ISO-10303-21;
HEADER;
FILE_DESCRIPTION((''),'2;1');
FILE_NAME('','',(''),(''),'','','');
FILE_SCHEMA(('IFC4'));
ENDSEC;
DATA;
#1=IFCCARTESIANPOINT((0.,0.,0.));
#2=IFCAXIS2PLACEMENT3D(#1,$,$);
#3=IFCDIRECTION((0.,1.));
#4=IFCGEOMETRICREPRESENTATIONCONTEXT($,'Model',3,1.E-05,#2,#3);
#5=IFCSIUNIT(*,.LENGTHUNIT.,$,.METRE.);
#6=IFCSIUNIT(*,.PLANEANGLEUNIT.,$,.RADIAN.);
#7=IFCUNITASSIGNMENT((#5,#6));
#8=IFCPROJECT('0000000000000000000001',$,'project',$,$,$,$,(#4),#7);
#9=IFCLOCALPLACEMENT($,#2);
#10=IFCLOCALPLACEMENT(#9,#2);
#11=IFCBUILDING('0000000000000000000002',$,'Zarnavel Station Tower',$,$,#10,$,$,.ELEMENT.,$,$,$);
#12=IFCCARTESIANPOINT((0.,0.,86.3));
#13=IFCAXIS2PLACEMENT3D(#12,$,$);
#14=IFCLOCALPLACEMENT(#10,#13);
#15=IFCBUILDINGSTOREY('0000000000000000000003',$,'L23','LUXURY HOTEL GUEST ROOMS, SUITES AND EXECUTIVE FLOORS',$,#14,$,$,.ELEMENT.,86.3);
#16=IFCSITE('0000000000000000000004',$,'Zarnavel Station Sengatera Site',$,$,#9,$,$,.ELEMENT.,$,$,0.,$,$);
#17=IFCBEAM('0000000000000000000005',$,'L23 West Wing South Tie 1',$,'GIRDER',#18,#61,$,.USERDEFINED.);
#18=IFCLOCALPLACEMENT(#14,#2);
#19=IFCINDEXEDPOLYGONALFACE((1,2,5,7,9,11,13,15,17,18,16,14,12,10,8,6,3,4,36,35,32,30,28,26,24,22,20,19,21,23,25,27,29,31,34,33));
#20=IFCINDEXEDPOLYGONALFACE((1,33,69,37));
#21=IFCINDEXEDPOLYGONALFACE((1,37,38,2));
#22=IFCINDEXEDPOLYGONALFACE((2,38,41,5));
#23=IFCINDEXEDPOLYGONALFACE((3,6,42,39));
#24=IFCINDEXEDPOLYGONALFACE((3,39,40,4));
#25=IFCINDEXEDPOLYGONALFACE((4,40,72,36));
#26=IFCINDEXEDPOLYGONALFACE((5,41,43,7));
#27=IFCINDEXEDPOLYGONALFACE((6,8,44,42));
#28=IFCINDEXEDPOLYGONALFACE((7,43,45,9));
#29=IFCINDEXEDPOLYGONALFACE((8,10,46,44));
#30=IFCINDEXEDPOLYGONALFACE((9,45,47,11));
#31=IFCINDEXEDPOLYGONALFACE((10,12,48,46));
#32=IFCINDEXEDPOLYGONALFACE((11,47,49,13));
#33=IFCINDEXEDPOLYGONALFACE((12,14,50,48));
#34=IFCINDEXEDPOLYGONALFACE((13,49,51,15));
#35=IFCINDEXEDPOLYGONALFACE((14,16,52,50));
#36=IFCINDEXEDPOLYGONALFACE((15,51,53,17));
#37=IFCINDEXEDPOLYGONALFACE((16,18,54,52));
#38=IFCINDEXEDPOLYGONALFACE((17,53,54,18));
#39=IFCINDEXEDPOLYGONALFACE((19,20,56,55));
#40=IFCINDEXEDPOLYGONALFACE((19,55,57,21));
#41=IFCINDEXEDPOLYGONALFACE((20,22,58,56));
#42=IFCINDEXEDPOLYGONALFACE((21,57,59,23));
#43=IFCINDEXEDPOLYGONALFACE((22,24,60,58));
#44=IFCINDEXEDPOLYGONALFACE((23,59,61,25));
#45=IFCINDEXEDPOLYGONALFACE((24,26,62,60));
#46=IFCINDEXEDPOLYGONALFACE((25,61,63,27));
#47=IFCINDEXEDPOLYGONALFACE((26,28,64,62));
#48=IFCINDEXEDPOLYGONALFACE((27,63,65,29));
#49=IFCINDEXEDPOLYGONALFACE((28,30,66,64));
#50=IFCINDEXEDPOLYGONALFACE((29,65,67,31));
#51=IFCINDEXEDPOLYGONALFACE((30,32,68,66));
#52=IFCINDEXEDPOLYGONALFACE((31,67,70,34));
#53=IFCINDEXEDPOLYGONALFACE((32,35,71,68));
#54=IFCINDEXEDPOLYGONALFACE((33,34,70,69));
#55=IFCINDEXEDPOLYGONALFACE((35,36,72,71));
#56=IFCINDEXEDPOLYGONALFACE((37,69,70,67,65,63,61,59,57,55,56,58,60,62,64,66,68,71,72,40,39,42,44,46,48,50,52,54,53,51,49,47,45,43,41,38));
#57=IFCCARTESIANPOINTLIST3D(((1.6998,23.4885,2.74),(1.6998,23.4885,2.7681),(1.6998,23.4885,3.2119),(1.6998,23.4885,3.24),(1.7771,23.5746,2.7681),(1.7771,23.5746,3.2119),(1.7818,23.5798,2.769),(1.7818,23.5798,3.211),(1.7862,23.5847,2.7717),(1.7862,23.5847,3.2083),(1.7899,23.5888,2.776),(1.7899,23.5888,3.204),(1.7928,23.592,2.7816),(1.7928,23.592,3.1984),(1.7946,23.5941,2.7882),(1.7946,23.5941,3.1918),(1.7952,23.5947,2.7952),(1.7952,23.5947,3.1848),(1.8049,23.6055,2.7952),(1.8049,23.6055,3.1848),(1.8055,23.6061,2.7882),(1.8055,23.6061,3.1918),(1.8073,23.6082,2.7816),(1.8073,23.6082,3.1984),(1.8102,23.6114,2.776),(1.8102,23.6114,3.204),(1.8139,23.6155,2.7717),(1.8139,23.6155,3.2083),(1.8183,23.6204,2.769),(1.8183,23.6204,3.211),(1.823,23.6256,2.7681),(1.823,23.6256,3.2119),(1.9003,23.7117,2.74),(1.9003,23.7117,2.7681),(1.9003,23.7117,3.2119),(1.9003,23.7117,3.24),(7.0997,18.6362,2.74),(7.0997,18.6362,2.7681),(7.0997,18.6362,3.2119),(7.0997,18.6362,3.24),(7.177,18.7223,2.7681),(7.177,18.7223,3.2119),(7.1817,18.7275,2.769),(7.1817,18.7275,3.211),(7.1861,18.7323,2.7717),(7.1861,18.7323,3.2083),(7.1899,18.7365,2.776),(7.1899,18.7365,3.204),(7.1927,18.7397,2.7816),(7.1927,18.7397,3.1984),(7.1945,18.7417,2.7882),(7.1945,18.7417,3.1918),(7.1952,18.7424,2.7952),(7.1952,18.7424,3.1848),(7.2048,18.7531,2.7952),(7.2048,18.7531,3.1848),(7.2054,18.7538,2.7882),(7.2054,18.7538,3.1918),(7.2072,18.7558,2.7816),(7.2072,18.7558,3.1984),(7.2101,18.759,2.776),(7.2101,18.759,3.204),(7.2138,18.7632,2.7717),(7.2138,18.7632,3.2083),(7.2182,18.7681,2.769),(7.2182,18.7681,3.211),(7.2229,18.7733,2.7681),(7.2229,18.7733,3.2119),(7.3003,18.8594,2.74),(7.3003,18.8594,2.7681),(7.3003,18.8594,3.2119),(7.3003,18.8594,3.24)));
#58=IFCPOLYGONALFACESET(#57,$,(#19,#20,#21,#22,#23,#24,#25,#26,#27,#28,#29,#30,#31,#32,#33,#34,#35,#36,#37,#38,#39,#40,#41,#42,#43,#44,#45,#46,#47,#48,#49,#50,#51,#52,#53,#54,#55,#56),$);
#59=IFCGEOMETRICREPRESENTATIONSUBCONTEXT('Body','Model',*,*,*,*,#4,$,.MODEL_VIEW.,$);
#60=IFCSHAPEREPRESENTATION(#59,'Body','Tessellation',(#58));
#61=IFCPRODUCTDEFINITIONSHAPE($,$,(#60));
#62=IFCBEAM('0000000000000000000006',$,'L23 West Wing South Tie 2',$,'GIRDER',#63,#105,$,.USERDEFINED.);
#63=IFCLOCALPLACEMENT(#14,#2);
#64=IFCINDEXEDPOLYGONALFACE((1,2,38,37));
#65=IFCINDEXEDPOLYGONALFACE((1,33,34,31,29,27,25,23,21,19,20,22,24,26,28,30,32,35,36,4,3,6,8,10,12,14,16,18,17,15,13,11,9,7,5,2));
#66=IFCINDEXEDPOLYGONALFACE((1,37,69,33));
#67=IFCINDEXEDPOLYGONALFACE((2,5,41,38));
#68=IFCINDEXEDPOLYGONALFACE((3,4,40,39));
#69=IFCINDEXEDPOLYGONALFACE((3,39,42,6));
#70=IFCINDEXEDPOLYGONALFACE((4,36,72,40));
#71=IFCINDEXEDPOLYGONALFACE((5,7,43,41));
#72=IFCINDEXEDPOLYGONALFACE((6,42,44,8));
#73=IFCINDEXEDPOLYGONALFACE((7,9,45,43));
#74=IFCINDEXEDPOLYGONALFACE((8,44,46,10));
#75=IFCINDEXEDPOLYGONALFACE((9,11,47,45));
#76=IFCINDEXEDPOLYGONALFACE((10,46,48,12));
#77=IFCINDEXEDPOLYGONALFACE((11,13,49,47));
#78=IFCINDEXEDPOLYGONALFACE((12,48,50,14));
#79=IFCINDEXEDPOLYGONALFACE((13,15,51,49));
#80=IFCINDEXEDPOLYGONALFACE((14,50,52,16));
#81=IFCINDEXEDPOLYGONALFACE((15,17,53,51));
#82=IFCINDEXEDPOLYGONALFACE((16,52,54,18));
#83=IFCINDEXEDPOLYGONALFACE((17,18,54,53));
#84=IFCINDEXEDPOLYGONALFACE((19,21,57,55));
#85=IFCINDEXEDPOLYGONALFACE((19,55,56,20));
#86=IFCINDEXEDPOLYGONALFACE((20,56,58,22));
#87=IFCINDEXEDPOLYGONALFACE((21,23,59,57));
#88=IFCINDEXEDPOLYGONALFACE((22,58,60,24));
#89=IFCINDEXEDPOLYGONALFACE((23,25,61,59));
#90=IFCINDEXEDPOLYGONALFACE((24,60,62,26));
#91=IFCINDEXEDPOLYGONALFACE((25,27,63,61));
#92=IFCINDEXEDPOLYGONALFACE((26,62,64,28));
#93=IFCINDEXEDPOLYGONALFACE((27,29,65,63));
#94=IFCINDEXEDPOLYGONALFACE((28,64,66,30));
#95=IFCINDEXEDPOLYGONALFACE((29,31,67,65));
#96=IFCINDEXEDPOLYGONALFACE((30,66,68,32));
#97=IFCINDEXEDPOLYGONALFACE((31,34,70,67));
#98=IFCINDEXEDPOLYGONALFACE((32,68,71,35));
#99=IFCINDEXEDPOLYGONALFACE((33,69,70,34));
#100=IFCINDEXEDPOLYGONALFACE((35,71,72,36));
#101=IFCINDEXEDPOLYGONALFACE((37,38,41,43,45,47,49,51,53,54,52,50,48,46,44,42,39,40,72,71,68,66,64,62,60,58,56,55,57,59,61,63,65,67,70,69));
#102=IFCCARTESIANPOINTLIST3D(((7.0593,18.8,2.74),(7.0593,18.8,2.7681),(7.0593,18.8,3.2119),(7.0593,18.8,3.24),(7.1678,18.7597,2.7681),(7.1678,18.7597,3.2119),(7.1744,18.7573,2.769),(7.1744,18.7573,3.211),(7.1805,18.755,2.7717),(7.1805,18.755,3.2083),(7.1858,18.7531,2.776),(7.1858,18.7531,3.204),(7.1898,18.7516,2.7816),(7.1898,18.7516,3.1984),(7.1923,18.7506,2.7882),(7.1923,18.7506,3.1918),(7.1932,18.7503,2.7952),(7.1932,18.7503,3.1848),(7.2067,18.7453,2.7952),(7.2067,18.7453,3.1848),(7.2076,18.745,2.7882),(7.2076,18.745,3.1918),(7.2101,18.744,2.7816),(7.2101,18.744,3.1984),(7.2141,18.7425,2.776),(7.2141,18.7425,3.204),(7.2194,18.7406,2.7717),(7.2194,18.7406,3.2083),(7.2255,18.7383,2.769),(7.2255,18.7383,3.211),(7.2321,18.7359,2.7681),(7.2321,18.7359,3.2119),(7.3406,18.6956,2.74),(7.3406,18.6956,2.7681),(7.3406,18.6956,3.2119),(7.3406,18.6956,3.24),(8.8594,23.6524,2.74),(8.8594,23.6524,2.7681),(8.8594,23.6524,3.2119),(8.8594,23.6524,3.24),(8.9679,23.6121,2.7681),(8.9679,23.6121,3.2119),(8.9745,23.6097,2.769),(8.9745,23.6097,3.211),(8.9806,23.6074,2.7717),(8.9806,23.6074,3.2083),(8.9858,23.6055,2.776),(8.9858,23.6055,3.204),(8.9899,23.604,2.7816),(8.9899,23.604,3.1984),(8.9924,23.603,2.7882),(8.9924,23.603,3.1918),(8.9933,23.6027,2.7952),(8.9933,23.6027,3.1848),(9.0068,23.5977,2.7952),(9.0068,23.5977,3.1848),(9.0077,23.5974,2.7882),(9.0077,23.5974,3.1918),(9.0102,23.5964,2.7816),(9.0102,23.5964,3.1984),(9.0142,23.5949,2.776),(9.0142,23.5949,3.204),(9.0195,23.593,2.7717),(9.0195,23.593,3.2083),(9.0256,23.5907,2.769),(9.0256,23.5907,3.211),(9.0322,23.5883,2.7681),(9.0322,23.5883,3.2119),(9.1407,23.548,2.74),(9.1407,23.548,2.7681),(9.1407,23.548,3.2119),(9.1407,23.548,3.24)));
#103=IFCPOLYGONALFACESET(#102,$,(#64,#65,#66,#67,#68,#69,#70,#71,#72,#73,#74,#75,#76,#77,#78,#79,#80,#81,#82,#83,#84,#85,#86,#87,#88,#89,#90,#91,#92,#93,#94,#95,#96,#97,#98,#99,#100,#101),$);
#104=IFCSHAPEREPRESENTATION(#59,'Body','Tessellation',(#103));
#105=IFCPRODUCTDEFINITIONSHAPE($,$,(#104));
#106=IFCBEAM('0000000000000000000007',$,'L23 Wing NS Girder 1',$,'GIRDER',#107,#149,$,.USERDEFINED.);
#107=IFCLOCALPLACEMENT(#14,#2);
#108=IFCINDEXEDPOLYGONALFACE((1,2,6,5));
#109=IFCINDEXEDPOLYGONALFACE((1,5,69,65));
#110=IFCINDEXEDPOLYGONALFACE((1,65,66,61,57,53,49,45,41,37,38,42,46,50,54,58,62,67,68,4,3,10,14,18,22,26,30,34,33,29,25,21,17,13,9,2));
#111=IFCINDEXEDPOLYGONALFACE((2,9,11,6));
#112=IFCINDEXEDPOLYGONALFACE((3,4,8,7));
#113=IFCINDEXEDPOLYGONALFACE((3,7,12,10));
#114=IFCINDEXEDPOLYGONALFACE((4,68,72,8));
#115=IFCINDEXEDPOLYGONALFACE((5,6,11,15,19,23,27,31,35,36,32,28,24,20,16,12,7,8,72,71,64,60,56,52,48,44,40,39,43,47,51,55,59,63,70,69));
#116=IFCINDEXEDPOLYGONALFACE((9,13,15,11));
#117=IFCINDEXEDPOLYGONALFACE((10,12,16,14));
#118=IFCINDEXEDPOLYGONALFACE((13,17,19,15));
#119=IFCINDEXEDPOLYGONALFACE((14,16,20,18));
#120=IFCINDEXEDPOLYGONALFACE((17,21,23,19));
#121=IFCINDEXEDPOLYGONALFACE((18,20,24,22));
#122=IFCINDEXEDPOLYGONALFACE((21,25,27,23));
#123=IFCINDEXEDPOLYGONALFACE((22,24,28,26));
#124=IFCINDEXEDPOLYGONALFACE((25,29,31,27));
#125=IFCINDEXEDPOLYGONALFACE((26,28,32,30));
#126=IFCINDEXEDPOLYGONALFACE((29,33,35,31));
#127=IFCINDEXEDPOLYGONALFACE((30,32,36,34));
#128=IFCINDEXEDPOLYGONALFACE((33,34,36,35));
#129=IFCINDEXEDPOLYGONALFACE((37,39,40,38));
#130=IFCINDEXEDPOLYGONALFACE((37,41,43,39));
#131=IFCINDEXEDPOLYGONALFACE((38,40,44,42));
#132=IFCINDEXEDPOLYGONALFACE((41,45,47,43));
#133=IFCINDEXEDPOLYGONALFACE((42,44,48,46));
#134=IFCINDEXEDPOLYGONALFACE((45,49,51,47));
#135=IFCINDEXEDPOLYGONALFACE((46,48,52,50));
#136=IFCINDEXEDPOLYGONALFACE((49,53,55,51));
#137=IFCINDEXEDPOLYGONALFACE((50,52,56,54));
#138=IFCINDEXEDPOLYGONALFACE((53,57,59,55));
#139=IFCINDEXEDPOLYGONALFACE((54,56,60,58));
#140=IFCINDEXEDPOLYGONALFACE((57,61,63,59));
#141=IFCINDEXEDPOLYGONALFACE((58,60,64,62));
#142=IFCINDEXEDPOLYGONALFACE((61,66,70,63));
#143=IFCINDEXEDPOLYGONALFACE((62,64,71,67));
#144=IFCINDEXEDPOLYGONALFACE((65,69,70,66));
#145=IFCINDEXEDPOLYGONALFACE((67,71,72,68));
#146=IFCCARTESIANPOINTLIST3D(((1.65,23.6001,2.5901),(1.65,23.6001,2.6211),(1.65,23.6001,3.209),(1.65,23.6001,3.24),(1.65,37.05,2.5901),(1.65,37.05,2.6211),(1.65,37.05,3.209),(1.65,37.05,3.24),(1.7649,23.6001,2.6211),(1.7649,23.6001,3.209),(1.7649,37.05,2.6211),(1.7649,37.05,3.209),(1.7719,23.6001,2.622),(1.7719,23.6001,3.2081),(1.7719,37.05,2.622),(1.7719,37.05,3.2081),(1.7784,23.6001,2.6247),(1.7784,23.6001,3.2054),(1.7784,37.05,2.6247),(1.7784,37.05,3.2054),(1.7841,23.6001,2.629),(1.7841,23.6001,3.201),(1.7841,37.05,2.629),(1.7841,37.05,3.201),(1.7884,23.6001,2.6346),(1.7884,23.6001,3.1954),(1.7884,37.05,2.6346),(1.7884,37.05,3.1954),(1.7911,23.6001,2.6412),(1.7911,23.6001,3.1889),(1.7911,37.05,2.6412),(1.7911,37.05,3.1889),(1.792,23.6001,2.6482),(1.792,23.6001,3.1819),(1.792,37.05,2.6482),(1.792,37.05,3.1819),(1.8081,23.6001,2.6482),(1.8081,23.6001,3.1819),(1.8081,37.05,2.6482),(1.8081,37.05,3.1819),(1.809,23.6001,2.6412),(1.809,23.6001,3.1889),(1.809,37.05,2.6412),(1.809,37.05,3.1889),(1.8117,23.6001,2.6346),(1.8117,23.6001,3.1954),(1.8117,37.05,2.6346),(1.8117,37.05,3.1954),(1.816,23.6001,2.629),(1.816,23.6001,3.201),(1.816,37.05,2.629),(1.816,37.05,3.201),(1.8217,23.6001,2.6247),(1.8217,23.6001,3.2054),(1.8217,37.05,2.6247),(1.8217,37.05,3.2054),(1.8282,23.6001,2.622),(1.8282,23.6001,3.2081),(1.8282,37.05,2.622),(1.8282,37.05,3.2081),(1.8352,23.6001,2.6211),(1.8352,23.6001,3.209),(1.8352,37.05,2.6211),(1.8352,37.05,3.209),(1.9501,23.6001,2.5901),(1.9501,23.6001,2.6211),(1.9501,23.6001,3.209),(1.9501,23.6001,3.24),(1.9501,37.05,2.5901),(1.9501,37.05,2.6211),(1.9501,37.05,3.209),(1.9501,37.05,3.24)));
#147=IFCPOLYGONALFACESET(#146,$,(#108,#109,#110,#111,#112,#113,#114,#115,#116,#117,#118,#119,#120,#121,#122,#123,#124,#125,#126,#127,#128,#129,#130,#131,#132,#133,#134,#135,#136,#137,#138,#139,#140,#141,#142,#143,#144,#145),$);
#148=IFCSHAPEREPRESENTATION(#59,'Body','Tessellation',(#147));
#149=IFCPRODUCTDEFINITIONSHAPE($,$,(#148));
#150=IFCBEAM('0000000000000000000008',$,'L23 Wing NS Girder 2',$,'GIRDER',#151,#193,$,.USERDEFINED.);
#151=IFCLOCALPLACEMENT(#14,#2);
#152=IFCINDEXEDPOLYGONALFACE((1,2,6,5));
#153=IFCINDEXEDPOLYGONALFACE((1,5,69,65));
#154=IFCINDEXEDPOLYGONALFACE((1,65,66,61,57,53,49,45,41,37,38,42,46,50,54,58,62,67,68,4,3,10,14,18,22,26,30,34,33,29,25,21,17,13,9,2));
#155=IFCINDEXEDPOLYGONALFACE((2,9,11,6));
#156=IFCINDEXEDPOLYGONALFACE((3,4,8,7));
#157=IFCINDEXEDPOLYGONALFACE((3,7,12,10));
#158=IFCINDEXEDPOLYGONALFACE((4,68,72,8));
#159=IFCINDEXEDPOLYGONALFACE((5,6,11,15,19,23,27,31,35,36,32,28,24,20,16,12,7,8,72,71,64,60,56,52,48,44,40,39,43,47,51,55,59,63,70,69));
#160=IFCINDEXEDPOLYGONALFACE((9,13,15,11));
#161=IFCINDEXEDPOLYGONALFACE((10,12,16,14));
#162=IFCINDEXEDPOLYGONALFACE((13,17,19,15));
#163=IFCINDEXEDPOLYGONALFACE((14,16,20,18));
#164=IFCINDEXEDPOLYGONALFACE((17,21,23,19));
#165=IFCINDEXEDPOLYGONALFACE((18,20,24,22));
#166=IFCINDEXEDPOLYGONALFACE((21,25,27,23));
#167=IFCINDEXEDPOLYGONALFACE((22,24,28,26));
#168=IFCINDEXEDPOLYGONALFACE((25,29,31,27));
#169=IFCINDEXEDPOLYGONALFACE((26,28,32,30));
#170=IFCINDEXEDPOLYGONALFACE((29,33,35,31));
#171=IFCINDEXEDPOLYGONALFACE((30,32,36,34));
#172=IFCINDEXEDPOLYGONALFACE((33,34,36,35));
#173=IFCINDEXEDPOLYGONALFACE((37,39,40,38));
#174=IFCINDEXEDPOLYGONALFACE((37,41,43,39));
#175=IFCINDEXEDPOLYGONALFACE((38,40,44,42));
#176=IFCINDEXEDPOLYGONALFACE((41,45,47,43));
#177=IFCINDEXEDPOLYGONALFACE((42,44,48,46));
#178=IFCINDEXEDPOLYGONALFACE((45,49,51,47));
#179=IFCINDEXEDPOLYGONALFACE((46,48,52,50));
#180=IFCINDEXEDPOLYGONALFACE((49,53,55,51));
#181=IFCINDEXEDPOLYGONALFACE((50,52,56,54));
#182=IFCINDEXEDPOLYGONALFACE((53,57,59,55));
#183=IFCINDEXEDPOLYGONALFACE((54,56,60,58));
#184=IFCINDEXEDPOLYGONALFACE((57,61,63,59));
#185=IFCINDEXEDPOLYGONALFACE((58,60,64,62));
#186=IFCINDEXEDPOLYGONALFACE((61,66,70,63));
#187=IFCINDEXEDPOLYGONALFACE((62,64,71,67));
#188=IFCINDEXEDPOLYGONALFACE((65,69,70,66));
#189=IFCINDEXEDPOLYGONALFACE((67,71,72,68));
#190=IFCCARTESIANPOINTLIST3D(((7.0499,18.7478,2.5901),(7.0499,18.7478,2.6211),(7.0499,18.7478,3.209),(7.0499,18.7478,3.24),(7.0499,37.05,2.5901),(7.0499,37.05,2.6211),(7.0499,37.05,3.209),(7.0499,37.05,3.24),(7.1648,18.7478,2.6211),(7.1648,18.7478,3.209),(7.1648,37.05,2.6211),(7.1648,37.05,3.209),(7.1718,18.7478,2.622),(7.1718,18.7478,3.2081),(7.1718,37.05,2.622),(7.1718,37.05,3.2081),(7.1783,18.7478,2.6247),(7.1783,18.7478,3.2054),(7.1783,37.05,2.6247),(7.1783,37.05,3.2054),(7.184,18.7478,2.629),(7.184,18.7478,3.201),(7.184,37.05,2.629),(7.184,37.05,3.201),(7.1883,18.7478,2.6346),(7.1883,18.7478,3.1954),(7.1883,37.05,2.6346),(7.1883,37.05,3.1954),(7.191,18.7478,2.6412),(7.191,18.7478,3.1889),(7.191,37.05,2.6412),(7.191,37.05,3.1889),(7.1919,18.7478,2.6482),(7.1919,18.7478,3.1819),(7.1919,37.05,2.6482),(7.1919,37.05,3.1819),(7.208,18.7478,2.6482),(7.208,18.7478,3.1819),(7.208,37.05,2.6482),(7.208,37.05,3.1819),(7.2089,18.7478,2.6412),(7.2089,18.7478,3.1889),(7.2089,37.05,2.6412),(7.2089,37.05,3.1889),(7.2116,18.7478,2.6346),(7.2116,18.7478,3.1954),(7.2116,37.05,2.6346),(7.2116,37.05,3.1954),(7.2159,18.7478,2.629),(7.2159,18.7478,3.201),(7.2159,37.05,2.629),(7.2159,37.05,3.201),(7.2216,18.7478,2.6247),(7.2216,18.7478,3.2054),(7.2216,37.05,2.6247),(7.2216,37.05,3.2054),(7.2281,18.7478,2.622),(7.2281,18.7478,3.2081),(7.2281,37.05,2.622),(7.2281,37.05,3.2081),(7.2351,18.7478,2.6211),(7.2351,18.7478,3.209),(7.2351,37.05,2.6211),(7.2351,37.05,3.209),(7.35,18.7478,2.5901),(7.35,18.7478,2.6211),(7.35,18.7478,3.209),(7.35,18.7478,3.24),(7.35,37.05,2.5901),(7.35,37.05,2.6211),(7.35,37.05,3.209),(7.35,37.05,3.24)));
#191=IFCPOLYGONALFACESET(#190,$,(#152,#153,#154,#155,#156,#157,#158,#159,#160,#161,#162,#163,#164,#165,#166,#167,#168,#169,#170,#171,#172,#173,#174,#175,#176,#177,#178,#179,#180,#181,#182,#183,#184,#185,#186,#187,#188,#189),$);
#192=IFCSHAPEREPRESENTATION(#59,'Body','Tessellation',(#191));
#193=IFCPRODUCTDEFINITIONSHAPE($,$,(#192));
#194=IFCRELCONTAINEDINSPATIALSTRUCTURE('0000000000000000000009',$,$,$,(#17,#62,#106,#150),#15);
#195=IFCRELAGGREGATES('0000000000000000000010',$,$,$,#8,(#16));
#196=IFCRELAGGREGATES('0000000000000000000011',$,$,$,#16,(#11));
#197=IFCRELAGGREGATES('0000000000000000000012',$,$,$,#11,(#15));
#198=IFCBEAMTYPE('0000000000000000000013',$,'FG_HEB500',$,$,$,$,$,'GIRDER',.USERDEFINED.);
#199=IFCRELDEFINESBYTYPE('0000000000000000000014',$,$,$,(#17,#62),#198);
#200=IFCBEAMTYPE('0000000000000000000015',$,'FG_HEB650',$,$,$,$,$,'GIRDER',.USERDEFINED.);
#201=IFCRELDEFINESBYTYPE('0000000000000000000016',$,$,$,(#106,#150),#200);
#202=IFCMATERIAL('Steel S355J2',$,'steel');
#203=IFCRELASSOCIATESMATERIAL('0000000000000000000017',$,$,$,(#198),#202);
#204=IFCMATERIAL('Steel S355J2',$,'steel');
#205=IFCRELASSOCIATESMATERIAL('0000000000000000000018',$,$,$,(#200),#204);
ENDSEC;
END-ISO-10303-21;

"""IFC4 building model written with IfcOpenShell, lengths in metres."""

from ifc_helpers import new_model, si_unit, direction, frame, origin, origin_2d, place, context, subcontext, project, spatial, i_section, extrude, material, material_profile, profile_set, type_object, element, save


model = new_model("IFC4")

# Units and contexts
model_context = context("Model", 3, precision=1e-05, world=origin(), true_north=direction((0.0, 1.0)))
body_context = subcontext(model_context, "Body", "Model", "MODEL_VIEW")
ifc_project = project(units=[si_unit("LENGTHUNIT", "METRE"), si_unit("PLANEANGLEUNIT", "RADIAN")], contexts=[model_context])

# Site, building, storey
site_placement = place(None, origin())
site = spatial("IfcSite", under=ifc_project, at=site_placement, Name="Zarnavel Station Sengatera Site", CompositionType="ELEMENT", RefElevation=0.0)
building_placement = place(site_placement, origin())
building = spatial("IfcBuilding", under=site, at=building_placement, Name="Zarnavel Station Tower", CompositionType="ELEMENT")
storey_placement = place(building_placement, frame((0.0, 0.0, 86.3)))
storey = spatial("IfcBuildingStorey", under=building, at=storey_placement, Name="L23", Description="LUXURY HOTEL GUEST ROOMS, SUITES AND EXECUTIVE FLOORS", CompositionType="ELEMENT", Elevation=86.3)

# Beams
ifc_material_1 = material(Name="Steel S355J2", Category="steel")
ifc_material_profile_1 = material_profile(ifc_material_1, i_section(OverallWidth=0.3, OverallDepth=0.5, WebThickness=0.0144, FlangeThickness=0.0281, FilletRadius=0.0271, at=origin_2d()), Name="HEB500")
ifc_profile_set_1 = profile_set([ifc_material_profile_1], Name="Steel S355J2")
beam_type_1 = type_object("IfcBeamType", Name="FG_HEB500", ElementType="GIRDER", PredefinedType="USERDEFINED", material=ifc_profile_set_1)
beam_1_placement = place(storey_placement, frame((1.8, 23.6001, 2.99), z_axis=(0.743816, -0.668385, 0.0), x_axis=(0.668385, 0.743816, 0.0)))
element("IfcBeam", 1, at=beam_1_placement, inside=storey, type_object=beam_type_1, Name="L23 West Wing South Tie 1", ObjectType="GIRDER", PredefinedType="USERDEFINED", context=body_context, shape_type="SweptSolid", body=[
    extrude(i_section(OverallWidth=0.3, OverallDepth=0.5, WebThickness=0.0144, FlangeThickness=0.0281, FilletRadius=0.0271, at=origin_2d()), origin(), (0.0, 0.0, 1.0), 7.2598),
])
beam_2_placement = place(storey_placement, frame((7.2, 18.7478, 2.99), z_axis=(0.347807, 0.937566, 0.0), x_axis=(-0.937566, 0.347807, 0.0)))
element("IfcBeam", 2, at=beam_2_placement, inside=storey, type_object=beam_type_1, Name="L23 West Wing South Tie 2", ObjectType="GIRDER", PredefinedType="USERDEFINED", context=body_context, shape_type="SweptSolid", body=[
    extrude(i_section(OverallWidth=0.3, OverallDepth=0.5, WebThickness=0.0144, FlangeThickness=0.0281, FilletRadius=0.0271, at=origin_2d()), origin(), (0.0, 0.0, 1.0), 5.1755),
])
ifc_material_2 = material(Name="Steel S355J2", Category="steel")
ifc_material_profile_2 = material_profile(ifc_material_2, i_section(OverallWidth=0.3, OverallDepth=0.6499, WebThickness=0.0161, FlangeThickness=0.031, FilletRadius=0.0271, at=origin_2d()), Name="HEB650")
ifc_profile_set_2 = profile_set([ifc_material_profile_2], Name="Steel S355J2")
beam_type_2 = type_object("IfcBeamType", Name="FG_HEB650", ElementType="GIRDER", PredefinedType="USERDEFINED", material=ifc_profile_set_2)
beam_3_placement = place(storey_placement, frame((1.8, 23.6001, 2.915), z_axis=(0.0, 1.0, 0.0), x_axis=(-1.0, 0.0, 0.0)))
element("IfcBeam", 3, at=beam_3_placement, inside=storey, type_object=beam_type_2, Name="L23 Wing NS Girder 1", ObjectType="GIRDER", PredefinedType="USERDEFINED", context=body_context, shape_type="SweptSolid", body=[
    extrude(i_section(OverallWidth=0.3, OverallDepth=0.6499, WebThickness=0.0161, FlangeThickness=0.031, FilletRadius=0.0271, at=origin_2d()), origin(), (0.0, 0.0, 1.0), 13.45),
])
beam_4_placement = place(storey_placement, frame((7.2, 18.7478, 2.915), z_axis=(0.0, 1.0, 0.0), x_axis=(-1.0, 0.0, 0.0)))
element("IfcBeam", 4, at=beam_4_placement, inside=storey, type_object=beam_type_2, Name="L23 Wing NS Girder 2", ObjectType="GIRDER", PredefinedType="USERDEFINED", context=body_context, shape_type="SweptSolid", body=[
    extrude(i_section(OverallWidth=0.3, OverallDepth=0.6499, WebThickness=0.0161, FlangeThickness=0.031, FilletRadius=0.0271, at=origin_2d()), origin(), (0.0, 0.0, 1.0), 18.3022),
])

save(model, "model.ifc")
